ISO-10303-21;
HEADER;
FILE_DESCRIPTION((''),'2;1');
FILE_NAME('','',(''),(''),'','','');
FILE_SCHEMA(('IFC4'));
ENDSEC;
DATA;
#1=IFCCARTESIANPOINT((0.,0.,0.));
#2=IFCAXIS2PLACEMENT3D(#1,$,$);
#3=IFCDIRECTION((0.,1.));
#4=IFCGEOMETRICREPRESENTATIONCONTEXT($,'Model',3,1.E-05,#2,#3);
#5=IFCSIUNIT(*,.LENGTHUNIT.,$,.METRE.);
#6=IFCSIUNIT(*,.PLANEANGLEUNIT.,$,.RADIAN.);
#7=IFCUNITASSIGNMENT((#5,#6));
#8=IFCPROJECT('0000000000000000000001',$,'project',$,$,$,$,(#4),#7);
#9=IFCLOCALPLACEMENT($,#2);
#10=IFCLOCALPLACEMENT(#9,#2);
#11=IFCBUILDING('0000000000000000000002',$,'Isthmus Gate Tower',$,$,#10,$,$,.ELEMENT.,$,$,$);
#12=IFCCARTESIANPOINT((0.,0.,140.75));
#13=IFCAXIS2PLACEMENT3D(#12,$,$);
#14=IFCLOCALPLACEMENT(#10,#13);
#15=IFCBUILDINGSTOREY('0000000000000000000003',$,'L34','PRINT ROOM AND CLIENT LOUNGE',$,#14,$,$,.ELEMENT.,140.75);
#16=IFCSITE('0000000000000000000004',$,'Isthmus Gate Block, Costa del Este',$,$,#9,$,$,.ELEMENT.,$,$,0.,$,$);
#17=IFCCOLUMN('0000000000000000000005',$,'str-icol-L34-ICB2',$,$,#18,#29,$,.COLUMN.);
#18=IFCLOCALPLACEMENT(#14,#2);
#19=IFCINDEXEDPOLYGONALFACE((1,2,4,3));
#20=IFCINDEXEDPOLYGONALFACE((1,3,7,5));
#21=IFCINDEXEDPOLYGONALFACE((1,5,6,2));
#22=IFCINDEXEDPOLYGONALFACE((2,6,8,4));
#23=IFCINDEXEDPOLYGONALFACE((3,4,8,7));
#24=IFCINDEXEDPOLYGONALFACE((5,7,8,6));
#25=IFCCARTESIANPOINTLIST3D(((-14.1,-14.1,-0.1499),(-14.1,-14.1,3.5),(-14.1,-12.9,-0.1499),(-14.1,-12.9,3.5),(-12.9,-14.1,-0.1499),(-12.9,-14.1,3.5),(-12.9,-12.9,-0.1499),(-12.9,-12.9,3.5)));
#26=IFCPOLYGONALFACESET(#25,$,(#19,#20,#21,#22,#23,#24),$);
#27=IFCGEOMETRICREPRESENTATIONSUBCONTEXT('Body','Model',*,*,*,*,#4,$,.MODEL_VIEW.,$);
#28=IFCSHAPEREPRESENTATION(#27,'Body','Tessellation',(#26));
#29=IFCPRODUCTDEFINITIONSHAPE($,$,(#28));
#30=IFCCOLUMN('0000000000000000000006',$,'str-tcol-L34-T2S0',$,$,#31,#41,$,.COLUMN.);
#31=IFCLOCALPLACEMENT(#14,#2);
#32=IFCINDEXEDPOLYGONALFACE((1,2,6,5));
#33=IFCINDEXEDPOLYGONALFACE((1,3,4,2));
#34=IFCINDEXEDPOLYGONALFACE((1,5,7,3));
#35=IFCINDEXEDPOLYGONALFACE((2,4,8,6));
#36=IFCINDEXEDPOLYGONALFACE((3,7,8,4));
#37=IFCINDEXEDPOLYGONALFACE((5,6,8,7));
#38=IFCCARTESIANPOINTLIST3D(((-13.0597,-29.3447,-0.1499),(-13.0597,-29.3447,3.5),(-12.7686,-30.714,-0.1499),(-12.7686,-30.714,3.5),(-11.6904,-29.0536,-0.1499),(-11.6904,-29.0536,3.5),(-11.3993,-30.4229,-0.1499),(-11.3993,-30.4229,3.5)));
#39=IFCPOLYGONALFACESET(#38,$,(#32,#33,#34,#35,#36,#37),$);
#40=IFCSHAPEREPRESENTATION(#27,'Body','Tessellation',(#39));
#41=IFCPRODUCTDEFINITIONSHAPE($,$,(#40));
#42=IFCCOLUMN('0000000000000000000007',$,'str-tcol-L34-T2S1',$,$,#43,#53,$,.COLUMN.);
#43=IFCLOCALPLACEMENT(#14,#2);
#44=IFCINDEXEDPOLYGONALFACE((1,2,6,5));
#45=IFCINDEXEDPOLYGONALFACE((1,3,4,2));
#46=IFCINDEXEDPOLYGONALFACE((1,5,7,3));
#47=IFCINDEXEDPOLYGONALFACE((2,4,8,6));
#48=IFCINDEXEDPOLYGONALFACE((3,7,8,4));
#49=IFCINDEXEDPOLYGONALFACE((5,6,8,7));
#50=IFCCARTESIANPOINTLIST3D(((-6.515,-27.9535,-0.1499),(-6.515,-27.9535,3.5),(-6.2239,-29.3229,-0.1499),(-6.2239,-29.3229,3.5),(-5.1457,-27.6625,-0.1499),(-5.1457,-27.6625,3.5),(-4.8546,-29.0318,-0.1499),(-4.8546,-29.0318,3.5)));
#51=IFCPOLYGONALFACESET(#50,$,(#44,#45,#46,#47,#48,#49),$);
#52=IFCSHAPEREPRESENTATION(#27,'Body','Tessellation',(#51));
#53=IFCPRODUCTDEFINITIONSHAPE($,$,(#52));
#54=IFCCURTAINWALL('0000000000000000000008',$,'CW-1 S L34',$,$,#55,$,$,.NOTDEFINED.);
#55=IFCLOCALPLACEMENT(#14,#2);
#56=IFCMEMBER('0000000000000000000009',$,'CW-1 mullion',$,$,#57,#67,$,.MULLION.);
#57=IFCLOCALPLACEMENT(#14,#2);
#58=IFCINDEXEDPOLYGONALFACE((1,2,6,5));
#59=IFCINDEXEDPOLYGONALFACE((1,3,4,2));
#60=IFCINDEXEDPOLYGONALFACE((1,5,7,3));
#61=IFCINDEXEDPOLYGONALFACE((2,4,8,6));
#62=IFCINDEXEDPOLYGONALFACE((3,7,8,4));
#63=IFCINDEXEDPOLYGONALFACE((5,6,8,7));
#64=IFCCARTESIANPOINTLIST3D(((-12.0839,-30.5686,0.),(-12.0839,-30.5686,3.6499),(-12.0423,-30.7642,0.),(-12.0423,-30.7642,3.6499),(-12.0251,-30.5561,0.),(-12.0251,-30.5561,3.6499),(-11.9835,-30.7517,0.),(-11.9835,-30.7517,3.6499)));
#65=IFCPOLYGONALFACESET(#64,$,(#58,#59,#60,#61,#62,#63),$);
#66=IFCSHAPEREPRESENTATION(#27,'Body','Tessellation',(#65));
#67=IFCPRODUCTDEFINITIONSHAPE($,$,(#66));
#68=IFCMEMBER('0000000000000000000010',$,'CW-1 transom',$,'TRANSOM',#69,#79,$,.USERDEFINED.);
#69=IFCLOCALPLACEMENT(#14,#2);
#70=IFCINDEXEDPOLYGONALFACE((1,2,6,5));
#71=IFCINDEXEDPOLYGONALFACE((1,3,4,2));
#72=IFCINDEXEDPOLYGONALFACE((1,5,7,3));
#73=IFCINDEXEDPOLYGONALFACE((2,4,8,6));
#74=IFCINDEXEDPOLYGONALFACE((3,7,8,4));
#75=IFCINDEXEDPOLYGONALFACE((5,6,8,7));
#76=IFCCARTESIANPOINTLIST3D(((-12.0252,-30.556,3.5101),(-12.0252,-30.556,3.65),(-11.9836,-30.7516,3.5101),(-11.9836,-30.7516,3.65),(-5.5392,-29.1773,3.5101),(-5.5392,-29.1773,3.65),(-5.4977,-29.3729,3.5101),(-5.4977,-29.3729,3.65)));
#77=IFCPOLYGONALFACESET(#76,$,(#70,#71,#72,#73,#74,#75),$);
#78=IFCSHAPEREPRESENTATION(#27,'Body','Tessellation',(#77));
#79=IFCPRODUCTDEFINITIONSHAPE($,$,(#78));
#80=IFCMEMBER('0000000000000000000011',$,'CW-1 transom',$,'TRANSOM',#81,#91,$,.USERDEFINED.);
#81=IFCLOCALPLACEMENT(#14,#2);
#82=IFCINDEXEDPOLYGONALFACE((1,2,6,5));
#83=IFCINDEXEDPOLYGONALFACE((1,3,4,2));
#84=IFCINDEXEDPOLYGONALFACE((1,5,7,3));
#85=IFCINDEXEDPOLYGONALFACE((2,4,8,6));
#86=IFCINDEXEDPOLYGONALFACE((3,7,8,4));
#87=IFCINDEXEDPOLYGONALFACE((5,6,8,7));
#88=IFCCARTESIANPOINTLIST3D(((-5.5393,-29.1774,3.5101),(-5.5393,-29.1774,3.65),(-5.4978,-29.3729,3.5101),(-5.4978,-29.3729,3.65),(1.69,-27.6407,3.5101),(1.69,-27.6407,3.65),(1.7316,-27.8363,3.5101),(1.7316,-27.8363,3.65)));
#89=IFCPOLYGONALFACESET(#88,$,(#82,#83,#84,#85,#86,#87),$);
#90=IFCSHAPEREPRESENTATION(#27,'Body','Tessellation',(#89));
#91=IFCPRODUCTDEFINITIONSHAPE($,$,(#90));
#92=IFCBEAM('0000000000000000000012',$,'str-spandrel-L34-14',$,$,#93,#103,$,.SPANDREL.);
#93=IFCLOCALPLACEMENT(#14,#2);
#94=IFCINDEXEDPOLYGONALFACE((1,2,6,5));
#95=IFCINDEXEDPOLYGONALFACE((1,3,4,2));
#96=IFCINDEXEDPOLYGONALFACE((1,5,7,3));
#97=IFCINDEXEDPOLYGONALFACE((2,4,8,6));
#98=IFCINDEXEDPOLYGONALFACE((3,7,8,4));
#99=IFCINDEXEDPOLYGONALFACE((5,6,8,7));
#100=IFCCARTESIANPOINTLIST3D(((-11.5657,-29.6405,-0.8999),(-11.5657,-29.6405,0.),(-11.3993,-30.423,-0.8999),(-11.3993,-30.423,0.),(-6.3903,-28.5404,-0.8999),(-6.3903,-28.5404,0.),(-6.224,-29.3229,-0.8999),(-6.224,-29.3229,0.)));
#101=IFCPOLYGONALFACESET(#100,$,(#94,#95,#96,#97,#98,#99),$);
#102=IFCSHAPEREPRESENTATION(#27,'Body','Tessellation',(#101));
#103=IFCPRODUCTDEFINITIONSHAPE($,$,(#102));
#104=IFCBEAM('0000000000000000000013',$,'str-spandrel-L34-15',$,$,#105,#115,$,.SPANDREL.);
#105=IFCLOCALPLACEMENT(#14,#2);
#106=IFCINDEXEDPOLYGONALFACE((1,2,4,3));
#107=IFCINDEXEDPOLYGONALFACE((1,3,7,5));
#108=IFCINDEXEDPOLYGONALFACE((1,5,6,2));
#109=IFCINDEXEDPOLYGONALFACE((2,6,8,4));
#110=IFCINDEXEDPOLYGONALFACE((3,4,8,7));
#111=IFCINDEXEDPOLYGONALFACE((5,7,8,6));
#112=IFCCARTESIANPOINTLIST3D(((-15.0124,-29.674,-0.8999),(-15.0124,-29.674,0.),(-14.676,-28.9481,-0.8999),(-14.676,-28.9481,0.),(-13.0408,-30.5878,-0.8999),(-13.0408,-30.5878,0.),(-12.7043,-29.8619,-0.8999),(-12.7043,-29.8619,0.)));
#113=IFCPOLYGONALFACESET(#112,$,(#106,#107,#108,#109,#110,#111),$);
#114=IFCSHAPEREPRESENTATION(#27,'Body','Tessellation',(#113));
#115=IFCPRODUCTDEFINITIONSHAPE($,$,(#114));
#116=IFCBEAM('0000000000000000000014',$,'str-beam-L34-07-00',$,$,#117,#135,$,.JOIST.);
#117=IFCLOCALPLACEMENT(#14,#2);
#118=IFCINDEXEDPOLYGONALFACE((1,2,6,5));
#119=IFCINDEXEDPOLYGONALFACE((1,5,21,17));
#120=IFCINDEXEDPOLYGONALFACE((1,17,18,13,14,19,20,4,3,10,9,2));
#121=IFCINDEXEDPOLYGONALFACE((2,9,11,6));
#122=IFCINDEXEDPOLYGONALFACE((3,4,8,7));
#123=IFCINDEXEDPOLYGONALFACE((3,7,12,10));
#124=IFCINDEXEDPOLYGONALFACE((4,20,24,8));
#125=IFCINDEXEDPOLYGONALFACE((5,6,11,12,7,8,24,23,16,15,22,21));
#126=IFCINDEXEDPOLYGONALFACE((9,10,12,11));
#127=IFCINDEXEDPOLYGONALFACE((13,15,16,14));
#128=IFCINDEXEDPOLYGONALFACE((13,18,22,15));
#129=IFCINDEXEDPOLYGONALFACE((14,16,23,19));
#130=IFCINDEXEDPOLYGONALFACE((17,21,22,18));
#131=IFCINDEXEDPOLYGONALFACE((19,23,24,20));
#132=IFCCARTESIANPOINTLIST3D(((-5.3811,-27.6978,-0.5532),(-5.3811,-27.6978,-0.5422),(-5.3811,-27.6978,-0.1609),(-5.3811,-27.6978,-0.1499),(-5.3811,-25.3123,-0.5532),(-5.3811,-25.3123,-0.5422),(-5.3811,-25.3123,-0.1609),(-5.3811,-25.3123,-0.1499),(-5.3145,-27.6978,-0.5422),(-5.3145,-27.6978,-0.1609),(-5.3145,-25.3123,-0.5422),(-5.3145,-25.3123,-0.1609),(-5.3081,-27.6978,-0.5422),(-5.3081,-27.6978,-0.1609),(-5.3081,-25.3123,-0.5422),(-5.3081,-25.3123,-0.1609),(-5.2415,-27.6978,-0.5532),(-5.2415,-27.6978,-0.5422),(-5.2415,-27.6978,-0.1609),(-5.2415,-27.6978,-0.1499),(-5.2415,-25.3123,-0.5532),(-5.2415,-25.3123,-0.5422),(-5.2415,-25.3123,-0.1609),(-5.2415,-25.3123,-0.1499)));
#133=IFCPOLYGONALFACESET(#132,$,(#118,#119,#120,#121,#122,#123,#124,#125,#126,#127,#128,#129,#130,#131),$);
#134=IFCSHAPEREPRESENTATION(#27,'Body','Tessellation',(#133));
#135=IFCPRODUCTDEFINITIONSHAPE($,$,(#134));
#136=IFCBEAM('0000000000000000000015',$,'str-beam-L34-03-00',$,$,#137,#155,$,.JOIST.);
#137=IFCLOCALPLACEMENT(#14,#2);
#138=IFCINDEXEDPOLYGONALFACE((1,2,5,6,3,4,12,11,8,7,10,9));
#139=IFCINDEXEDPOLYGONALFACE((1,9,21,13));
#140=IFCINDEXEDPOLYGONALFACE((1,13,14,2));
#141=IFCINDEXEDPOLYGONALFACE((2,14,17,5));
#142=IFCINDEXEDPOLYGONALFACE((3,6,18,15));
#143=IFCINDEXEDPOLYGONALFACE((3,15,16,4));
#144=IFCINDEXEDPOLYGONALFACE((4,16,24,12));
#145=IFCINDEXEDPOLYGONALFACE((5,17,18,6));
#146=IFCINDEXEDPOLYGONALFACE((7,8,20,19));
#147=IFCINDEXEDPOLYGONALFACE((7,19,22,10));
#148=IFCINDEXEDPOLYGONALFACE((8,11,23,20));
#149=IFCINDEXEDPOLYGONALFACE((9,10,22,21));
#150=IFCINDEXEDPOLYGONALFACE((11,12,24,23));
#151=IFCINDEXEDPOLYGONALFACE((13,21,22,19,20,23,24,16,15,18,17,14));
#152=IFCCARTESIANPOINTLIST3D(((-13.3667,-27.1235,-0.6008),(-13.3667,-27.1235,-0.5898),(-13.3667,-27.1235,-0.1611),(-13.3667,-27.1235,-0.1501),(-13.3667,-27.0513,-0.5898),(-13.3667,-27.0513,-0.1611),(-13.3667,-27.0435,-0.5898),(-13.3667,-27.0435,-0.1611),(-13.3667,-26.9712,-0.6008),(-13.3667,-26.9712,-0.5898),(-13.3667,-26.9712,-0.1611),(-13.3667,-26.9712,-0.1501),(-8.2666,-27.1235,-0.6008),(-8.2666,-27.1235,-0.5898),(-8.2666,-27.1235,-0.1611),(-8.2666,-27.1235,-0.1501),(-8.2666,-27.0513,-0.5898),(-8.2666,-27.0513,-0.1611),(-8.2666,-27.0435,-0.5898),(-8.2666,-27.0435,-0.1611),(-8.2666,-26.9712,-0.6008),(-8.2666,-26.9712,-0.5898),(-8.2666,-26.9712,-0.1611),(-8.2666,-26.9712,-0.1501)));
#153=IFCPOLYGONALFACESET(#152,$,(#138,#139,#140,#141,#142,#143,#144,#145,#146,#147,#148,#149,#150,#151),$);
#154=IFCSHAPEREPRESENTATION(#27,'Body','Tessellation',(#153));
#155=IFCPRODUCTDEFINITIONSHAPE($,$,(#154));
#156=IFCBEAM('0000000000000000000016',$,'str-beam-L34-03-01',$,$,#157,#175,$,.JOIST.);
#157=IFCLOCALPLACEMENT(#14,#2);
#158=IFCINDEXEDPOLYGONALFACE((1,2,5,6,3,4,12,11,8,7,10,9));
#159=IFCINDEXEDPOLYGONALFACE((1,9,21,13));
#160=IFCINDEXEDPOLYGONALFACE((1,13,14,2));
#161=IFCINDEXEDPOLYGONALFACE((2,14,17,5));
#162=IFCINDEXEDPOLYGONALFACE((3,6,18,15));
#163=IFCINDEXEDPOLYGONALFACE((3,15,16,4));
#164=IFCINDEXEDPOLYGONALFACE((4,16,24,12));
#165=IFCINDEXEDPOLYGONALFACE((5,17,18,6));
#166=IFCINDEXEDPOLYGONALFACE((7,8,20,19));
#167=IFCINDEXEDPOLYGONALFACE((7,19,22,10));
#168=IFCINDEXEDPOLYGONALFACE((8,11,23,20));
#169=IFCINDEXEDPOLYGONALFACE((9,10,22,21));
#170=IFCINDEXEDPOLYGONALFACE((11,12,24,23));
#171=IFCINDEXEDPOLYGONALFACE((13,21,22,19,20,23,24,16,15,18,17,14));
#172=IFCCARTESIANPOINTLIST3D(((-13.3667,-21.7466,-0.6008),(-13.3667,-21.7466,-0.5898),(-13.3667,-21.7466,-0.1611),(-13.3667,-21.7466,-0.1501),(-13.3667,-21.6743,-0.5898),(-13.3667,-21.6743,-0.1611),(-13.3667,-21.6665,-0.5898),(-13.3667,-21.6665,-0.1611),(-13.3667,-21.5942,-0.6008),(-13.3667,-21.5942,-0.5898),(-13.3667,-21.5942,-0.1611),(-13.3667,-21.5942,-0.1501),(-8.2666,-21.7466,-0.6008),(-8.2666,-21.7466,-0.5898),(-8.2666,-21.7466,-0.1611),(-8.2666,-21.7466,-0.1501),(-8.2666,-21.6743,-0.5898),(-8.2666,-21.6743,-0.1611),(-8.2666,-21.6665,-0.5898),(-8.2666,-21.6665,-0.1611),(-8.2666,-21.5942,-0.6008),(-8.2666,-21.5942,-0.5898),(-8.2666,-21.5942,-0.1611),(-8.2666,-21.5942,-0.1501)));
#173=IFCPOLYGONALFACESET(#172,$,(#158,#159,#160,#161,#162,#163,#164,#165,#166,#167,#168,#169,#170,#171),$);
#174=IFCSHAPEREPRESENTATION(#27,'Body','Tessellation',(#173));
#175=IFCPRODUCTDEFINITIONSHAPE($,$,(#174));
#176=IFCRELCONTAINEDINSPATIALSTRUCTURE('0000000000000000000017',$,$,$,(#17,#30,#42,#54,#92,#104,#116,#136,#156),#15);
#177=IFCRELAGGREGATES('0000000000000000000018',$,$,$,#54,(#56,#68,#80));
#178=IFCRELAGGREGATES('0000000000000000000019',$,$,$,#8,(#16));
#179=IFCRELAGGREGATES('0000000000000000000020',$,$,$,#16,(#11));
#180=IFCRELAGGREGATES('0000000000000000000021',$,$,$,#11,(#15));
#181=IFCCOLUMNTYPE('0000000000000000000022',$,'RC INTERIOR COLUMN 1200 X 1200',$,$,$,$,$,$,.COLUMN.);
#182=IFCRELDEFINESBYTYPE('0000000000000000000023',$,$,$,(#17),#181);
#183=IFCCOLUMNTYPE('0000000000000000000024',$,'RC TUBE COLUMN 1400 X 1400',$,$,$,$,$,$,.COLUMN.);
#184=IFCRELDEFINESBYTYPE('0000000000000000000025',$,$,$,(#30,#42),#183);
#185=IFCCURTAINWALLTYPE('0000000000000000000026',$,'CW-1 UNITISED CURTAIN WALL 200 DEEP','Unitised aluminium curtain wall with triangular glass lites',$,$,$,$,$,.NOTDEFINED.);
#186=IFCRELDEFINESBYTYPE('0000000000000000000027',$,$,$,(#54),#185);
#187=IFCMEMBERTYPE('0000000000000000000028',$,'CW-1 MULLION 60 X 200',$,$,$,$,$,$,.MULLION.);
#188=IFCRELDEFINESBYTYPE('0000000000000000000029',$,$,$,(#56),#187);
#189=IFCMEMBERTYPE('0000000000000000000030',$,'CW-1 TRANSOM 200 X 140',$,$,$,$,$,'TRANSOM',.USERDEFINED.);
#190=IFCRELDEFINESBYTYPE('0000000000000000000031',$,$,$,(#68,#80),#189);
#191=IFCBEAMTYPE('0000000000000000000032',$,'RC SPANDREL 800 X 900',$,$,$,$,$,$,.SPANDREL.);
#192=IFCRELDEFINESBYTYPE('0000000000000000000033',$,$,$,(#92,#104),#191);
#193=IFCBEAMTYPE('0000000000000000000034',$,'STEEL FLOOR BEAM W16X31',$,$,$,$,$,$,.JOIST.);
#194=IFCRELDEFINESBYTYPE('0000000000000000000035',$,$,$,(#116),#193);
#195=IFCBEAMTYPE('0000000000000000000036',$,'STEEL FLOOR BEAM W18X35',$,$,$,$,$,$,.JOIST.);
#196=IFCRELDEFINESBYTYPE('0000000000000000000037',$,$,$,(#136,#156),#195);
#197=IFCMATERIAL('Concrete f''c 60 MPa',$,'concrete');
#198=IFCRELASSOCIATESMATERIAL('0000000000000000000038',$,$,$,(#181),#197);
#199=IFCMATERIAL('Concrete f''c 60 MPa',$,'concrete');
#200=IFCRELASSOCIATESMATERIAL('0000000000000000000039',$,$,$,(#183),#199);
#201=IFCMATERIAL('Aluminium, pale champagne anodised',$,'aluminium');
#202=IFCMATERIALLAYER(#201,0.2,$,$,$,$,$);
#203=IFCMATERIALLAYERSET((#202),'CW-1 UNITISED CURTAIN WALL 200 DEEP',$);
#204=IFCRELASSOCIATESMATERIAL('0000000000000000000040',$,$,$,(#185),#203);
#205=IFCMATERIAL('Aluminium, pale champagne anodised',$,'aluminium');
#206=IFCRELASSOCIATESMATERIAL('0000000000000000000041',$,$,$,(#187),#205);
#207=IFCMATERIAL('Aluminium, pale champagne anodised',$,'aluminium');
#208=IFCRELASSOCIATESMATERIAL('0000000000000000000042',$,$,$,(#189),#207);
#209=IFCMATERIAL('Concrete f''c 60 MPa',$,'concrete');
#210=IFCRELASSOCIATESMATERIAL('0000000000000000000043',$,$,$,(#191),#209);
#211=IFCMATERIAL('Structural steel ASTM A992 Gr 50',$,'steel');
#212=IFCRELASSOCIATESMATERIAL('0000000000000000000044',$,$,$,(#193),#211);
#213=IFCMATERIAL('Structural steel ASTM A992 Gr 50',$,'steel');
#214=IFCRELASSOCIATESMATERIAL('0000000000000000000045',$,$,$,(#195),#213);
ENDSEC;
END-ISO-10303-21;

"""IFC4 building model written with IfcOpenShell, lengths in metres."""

from ifc_helpers import new_model, si_unit, direction, frame, origin, origin_2d, place, context, subcontext, project, spatial, rectangle, i_section, extrude, material, layer, layer_set, material_profile, profile_set, type_object, element, aggregate, save


model = new_model("IFC4")

# Units and contexts
model_context = context("Model", 3, precision=1e-05, world=origin(), true_north=direction((0.0, 1.0)))
body_context = subcontext(model_context, "Body", "Model", "MODEL_VIEW")
ifc_project = project(units=[si_unit("LENGTHUNIT", "METRE"), si_unit("PLANEANGLEUNIT", "RADIAN")], contexts=[model_context])

# Site, building, storey
site_placement = place(None, origin())
site = spatial("IfcSite", under=ifc_project, at=site_placement, Name="Isthmus Gate Block, Costa del Este", CompositionType="ELEMENT", RefElevation=0.0)
building_placement = place(site_placement, origin())
building = spatial("IfcBuilding", under=site, at=building_placement, Name="Isthmus Gate Tower", CompositionType="ELEMENT")
storey_placement = place(building_placement, frame((0.0, 0.0, 140.75)))
storey = spatial("IfcBuildingStorey", under=building, at=storey_placement, Name="L34", Description="PRINT ROOM AND CLIENT LOUNGE", CompositionType="ELEMENT", Elevation=140.75)

# Columns
ifc_material_1 = material(Name="Concrete f'c 60 MPa", Category="concrete")
ifc_material_profile_1 = material_profile(ifc_material_1, rectangle(XDim=1.2, YDim=1.2, at=origin_2d()), Name="RC 1200X1200")
ifc_profile_set_1 = profile_set([ifc_material_profile_1], Name="Concrete f'c 60 MPa")
column_type_1 = type_object("IfcColumnType", Name="RC INTERIOR COLUMN 1200 X 1200", PredefinedType="COLUMN", material=ifc_profile_set_1)
column_placement = place(storey_placement, frame((-13.5, -13.5, -0.1499), z_axis=(0.0, 0.0, 1.0), x_axis=(1.0, 0.0, 0.0)))
element("IfcColumn", 1, at=column_placement, inside=storey, type_object=column_type_1, Name="str-icol-L34-ICB2", PredefinedType="COLUMN", context=body_context, shape_type="SweptSolid", body=[
    extrude(rectangle(XDim=1.2, YDim=1.2, at=origin_2d()), origin(), (0.0, 0.0, 1.0), 3.6499),
])
ifc_material_2 = material(Name="Concrete f'c 60 MPa", Category="concrete")
ifc_material_profile_2 = material_profile(ifc_material_2, rectangle(XDim=1.3999, YDim=1.3999, at=origin_2d()), Name="RC 1400X1400")
ifc_profile_set_2 = profile_set([ifc_material_profile_2], Name="Concrete f'c 60 MPa")
column_type_2 = type_object("IfcColumnType", Name="RC TUBE COLUMN 1400 X 1400", PredefinedType="COLUMN", material=ifc_profile_set_2)
for number, where, z_axis, x_axis, name in (
    (2, (-12.2295, -29.8838, -0.1499), (0.0, 0.0, 1.0), (0.978148, 0.207912, 0.0), "str-tcol-L34-T2S0"),
    (3, (-5.6848, -28.4927, -0.1499), (0.0, 0.0, 1.0), (0.978148, 0.207912, 0.0), "str-tcol-L34-T2S1"),
):
    element("IfcColumn", number, at=place(storey_placement, frame(where, z_axis=z_axis, x_axis=x_axis)), inside=storey, type_object=column_type_2, Name=name, PredefinedType="COLUMN", context=body_context, shape_type="SweptSolid", body=[
        extrude(rectangle(XDim=1.3999, YDim=1.3999, at=origin_2d()), origin(), (0.0, 0.0, 1.0), 3.6499),
    ])

# Curtain wall, members
ifc_material_3 = material(Name="Aluminium, pale champagne anodised", Category="aluminium")
ifc_layer_1 = layer(ifc_material_3, 0.2)
ifc_layer_set_1 = layer_set([ifc_layer_1], Name="CW-1 UNITISED CURTAIN WALL 200 DEEP")
curtain_wall_type = type_object("IfcCurtainWallType", Name="CW-1 UNITISED CURTAIN WALL 200 DEEP", Description="Unitised aluminium curtain wall with triangular glass lites", PredefinedType="NOTDEFINED", material=ifc_layer_set_1)
curtain_wall_1_placement = place(storey_placement, origin())
curtain_wall_1 = element("IfcCurtainWall", 4, at=curtain_wall_1_placement, inside=storey, type_object=curtain_wall_type, Name="CW-1 S L34", PredefinedType="NOTDEFINED")
ifc_material_4 = material(Name="Aluminium, pale champagne anodised", Category="aluminium")
ifc_material_profile_3 = material_profile(ifc_material_4, rectangle(XDim=0.0601, YDim=0.2, at=origin_2d()), Name="60x200")
ifc_profile_set_3 = profile_set([ifc_material_profile_3], Name="Aluminium, pale champagne anodised")
member_type_1 = type_object("IfcMemberType", Name="CW-1 MULLION 60 X 200", PredefinedType="MULLION", material=ifc_profile_set_3)
member_1_placement = place(storey_placement, frame((-12.0337, -30.6602, 0.0), z_axis=(0.0, 0.0, 1.0), x_axis=(0.978148, 0.207912, 0.0)))
member_1 = element("IfcMember", 5, at=member_1_placement, type_object=member_type_1, Name="CW-1 mullion", PredefinedType="MULLION", context=body_context, shape_type="SweptSolid", body=[
    extrude(rectangle(XDim=0.0601, YDim=0.2, at=origin_2d()), origin(), (0.0, 0.0, 1.0), 3.6499),
])
ifc_material_5 = material(Name="Aluminium, pale champagne anodised", Category="aluminium")
ifc_material_profile_4 = material_profile(ifc_material_5, rectangle(XDim=0.2, YDim=0.1399, at=origin_2d()), Name="200x140")
ifc_profile_set_4 = profile_set([ifc_material_profile_4], Name="Aluminium, pale champagne anodised")
member_type_2 = type_object("IfcMemberType", Name="CW-1 TRANSOM 200 X 140", ElementType="TRANSOM", PredefinedType="USERDEFINED", material=ifc_profile_set_4)
member_2_placement = place(storey_placement, frame((-12.0044, -30.6538, 3.5801), z_axis=(0.978146, 0.20792, 0.0), x_axis=(-0.20792, 0.978146, 0.0)))
member_2 = element("IfcMember", 6, at=member_2_placement, type_object=member_type_2, Name="CW-1 transom", ObjectType="TRANSOM", PredefinedType="USERDEFINED", context=body_context, shape_type="SweptSolid", body=[
    extrude(rectangle(XDim=0.2, YDim=0.1399, at=origin_2d()), origin(), (0.0, 0.0, 1.0), 6.6309),
])
member_3_placement = place(storey_placement, frame((-5.5186, -29.2751, 3.5801), z_axis=(0.978148, 0.207911, 0.0), x_axis=(-0.207911, 0.978148, 0.0)))
member_3 = element("IfcMember", 7, at=member_3_placement, type_object=member_type_2, Name="CW-1 transom", ObjectType="TRANSOM", PredefinedType="USERDEFINED", context=body_context, shape_type="SweptSolid", body=[
    extrude(rectangle(XDim=0.2, YDim=0.1399, at=origin_2d()), origin(), (0.0, 0.0, 1.0), 7.3909),
])

# Beams
ifc_material_6 = material(Name="Concrete f'c 60 MPa", Category="concrete")
ifc_material_profile_5 = material_profile(ifc_material_6, rectangle(XDim=0.8, YDim=0.8999, at=origin_2d()), Name="RC 800X900")
ifc_profile_set_5 = profile_set([ifc_material_profile_5], Name="Concrete f'c 60 MPa")
beam_type_1 = type_object("IfcBeamType", Name="RC SPANDREL 800 X 900", PredefinedType="SPANDREL", material=ifc_profile_set_5)
beam_1_placement = place(storey_placement, frame((-6.3071, -28.9316, -0.45), z_axis=(-0.978145, -0.207922, 0.0), x_axis=(0.207922, -0.978145, 0.0)))
element("IfcBeam", 8, at=beam_1_placement, inside=storey, type_object=beam_type_1, Name="str-spandrel-L34-14", PredefinedType="SPANDREL", context=body_context, shape_type="SweptSolid", body=[
    extrude(rectangle(XDim=0.8, YDim=0.8999, at=origin_2d()), origin(), (0.0, 0.0, 1.0), 5.291),
])
beam_2_placement = place(storey_placement, frame((-12.8726, -30.2249, -0.45), z_axis=(-0.907291, 0.420504, 0.0), x_axis=(-0.420504, -0.907291, 0.0)))
element("IfcBeam", 9, at=beam_2_placement, inside=storey, type_object=beam_type_1, Name="str-spandrel-L34-15", PredefinedType="SPANDREL", context=body_context, shape_type="SweptSolid", body=[
    extrude(rectangle(XDim=0.8, YDim=0.8999, at=origin_2d()), origin(), (0.0, 0.0, 1.0), 2.1731),
])
ifc_material_7 = material(Name="Structural steel ASTM A992 Gr 50", Category="steel")
ifc_material_profile_6 = material_profile(ifc_material_7, i_section(OverallWidth=0.1396, OverallDepth=0.4033, WebThickness=0.0063, FlangeThickness=0.011, at=origin_2d()), Name="W16X31")
ifc_profile_set_6 = profile_set([ifc_material_profile_6], Name="Structural steel ASTM A992 Gr 50")
beam_type_2 = type_object("IfcBeamType", Name="STEEL FLOOR BEAM W16X31", PredefinedType="JOIST", material=ifc_profile_set_6)
beam_3_placement = place(storey_placement, frame((-5.3113, -27.6978, -0.3516), z_axis=(0.0, 1.0, 0.0), x_axis=(-1.0, 0.0, 0.0)))
element("IfcBeam", 10, at=beam_3_placement, inside=storey, type_object=beam_type_2, Name="str-beam-L34-07-00", PredefinedType="JOIST", context=body_context, shape_type="SweptSolid", body=[
    extrude(i_section(OverallWidth=0.1396, OverallDepth=0.4033, WebThickness=0.0063, FlangeThickness=0.011, at=origin_2d()), origin(), (0.0, 0.0, 1.0), 2.3855),
])
ifc_material_8 = material(Name="Structural steel ASTM A992 Gr 50", Category="steel")
ifc_material_profile_7 = material_profile(ifc_material_8, i_section(OverallWidth=0.1523, OverallDepth=0.4507, WebThickness=0.0078, FlangeThickness=0.011, at=origin_2d()), Name="W18X35")
ifc_profile_set_7 = profile_set([ifc_material_profile_7], Name="Structural steel ASTM A992 Gr 50")
beam_type_3 = type_object("IfcBeamType", Name="STEEL FLOOR BEAM W18X35", PredefinedType="JOIST", material=ifc_profile_set_7)
for number, where, z_axis, x_axis, name in (
    (11, (-13.3667, -27.0474, -0.3755), (1.0, 0.0, 0.0), (0.0, 1.0, 0.0), "str-beam-L34-03-00"),
    (12, (-13.3667, -21.6704, -0.3755), (1.0, 0.0, 0.0), (0.0, 1.0, 0.0), "str-beam-L34-03-01"),
):
    element("IfcBeam", number, at=place(storey_placement, frame(where, z_axis=z_axis, x_axis=x_axis)), inside=storey, type_object=beam_type_3, Name=name, PredefinedType="JOIST", context=body_context, shape_type="SweptSolid", body=[
        extrude(i_section(OverallWidth=0.1523, OverallDepth=0.4507, WebThickness=0.0078, FlangeThickness=0.011, at=origin_2d()), origin(), (0.0, 0.0, 1.0), 5.1001),
    ])

aggregate(curtain_wall_1, [member_1, member_2, member_3])

save(model, "model.ifc")
